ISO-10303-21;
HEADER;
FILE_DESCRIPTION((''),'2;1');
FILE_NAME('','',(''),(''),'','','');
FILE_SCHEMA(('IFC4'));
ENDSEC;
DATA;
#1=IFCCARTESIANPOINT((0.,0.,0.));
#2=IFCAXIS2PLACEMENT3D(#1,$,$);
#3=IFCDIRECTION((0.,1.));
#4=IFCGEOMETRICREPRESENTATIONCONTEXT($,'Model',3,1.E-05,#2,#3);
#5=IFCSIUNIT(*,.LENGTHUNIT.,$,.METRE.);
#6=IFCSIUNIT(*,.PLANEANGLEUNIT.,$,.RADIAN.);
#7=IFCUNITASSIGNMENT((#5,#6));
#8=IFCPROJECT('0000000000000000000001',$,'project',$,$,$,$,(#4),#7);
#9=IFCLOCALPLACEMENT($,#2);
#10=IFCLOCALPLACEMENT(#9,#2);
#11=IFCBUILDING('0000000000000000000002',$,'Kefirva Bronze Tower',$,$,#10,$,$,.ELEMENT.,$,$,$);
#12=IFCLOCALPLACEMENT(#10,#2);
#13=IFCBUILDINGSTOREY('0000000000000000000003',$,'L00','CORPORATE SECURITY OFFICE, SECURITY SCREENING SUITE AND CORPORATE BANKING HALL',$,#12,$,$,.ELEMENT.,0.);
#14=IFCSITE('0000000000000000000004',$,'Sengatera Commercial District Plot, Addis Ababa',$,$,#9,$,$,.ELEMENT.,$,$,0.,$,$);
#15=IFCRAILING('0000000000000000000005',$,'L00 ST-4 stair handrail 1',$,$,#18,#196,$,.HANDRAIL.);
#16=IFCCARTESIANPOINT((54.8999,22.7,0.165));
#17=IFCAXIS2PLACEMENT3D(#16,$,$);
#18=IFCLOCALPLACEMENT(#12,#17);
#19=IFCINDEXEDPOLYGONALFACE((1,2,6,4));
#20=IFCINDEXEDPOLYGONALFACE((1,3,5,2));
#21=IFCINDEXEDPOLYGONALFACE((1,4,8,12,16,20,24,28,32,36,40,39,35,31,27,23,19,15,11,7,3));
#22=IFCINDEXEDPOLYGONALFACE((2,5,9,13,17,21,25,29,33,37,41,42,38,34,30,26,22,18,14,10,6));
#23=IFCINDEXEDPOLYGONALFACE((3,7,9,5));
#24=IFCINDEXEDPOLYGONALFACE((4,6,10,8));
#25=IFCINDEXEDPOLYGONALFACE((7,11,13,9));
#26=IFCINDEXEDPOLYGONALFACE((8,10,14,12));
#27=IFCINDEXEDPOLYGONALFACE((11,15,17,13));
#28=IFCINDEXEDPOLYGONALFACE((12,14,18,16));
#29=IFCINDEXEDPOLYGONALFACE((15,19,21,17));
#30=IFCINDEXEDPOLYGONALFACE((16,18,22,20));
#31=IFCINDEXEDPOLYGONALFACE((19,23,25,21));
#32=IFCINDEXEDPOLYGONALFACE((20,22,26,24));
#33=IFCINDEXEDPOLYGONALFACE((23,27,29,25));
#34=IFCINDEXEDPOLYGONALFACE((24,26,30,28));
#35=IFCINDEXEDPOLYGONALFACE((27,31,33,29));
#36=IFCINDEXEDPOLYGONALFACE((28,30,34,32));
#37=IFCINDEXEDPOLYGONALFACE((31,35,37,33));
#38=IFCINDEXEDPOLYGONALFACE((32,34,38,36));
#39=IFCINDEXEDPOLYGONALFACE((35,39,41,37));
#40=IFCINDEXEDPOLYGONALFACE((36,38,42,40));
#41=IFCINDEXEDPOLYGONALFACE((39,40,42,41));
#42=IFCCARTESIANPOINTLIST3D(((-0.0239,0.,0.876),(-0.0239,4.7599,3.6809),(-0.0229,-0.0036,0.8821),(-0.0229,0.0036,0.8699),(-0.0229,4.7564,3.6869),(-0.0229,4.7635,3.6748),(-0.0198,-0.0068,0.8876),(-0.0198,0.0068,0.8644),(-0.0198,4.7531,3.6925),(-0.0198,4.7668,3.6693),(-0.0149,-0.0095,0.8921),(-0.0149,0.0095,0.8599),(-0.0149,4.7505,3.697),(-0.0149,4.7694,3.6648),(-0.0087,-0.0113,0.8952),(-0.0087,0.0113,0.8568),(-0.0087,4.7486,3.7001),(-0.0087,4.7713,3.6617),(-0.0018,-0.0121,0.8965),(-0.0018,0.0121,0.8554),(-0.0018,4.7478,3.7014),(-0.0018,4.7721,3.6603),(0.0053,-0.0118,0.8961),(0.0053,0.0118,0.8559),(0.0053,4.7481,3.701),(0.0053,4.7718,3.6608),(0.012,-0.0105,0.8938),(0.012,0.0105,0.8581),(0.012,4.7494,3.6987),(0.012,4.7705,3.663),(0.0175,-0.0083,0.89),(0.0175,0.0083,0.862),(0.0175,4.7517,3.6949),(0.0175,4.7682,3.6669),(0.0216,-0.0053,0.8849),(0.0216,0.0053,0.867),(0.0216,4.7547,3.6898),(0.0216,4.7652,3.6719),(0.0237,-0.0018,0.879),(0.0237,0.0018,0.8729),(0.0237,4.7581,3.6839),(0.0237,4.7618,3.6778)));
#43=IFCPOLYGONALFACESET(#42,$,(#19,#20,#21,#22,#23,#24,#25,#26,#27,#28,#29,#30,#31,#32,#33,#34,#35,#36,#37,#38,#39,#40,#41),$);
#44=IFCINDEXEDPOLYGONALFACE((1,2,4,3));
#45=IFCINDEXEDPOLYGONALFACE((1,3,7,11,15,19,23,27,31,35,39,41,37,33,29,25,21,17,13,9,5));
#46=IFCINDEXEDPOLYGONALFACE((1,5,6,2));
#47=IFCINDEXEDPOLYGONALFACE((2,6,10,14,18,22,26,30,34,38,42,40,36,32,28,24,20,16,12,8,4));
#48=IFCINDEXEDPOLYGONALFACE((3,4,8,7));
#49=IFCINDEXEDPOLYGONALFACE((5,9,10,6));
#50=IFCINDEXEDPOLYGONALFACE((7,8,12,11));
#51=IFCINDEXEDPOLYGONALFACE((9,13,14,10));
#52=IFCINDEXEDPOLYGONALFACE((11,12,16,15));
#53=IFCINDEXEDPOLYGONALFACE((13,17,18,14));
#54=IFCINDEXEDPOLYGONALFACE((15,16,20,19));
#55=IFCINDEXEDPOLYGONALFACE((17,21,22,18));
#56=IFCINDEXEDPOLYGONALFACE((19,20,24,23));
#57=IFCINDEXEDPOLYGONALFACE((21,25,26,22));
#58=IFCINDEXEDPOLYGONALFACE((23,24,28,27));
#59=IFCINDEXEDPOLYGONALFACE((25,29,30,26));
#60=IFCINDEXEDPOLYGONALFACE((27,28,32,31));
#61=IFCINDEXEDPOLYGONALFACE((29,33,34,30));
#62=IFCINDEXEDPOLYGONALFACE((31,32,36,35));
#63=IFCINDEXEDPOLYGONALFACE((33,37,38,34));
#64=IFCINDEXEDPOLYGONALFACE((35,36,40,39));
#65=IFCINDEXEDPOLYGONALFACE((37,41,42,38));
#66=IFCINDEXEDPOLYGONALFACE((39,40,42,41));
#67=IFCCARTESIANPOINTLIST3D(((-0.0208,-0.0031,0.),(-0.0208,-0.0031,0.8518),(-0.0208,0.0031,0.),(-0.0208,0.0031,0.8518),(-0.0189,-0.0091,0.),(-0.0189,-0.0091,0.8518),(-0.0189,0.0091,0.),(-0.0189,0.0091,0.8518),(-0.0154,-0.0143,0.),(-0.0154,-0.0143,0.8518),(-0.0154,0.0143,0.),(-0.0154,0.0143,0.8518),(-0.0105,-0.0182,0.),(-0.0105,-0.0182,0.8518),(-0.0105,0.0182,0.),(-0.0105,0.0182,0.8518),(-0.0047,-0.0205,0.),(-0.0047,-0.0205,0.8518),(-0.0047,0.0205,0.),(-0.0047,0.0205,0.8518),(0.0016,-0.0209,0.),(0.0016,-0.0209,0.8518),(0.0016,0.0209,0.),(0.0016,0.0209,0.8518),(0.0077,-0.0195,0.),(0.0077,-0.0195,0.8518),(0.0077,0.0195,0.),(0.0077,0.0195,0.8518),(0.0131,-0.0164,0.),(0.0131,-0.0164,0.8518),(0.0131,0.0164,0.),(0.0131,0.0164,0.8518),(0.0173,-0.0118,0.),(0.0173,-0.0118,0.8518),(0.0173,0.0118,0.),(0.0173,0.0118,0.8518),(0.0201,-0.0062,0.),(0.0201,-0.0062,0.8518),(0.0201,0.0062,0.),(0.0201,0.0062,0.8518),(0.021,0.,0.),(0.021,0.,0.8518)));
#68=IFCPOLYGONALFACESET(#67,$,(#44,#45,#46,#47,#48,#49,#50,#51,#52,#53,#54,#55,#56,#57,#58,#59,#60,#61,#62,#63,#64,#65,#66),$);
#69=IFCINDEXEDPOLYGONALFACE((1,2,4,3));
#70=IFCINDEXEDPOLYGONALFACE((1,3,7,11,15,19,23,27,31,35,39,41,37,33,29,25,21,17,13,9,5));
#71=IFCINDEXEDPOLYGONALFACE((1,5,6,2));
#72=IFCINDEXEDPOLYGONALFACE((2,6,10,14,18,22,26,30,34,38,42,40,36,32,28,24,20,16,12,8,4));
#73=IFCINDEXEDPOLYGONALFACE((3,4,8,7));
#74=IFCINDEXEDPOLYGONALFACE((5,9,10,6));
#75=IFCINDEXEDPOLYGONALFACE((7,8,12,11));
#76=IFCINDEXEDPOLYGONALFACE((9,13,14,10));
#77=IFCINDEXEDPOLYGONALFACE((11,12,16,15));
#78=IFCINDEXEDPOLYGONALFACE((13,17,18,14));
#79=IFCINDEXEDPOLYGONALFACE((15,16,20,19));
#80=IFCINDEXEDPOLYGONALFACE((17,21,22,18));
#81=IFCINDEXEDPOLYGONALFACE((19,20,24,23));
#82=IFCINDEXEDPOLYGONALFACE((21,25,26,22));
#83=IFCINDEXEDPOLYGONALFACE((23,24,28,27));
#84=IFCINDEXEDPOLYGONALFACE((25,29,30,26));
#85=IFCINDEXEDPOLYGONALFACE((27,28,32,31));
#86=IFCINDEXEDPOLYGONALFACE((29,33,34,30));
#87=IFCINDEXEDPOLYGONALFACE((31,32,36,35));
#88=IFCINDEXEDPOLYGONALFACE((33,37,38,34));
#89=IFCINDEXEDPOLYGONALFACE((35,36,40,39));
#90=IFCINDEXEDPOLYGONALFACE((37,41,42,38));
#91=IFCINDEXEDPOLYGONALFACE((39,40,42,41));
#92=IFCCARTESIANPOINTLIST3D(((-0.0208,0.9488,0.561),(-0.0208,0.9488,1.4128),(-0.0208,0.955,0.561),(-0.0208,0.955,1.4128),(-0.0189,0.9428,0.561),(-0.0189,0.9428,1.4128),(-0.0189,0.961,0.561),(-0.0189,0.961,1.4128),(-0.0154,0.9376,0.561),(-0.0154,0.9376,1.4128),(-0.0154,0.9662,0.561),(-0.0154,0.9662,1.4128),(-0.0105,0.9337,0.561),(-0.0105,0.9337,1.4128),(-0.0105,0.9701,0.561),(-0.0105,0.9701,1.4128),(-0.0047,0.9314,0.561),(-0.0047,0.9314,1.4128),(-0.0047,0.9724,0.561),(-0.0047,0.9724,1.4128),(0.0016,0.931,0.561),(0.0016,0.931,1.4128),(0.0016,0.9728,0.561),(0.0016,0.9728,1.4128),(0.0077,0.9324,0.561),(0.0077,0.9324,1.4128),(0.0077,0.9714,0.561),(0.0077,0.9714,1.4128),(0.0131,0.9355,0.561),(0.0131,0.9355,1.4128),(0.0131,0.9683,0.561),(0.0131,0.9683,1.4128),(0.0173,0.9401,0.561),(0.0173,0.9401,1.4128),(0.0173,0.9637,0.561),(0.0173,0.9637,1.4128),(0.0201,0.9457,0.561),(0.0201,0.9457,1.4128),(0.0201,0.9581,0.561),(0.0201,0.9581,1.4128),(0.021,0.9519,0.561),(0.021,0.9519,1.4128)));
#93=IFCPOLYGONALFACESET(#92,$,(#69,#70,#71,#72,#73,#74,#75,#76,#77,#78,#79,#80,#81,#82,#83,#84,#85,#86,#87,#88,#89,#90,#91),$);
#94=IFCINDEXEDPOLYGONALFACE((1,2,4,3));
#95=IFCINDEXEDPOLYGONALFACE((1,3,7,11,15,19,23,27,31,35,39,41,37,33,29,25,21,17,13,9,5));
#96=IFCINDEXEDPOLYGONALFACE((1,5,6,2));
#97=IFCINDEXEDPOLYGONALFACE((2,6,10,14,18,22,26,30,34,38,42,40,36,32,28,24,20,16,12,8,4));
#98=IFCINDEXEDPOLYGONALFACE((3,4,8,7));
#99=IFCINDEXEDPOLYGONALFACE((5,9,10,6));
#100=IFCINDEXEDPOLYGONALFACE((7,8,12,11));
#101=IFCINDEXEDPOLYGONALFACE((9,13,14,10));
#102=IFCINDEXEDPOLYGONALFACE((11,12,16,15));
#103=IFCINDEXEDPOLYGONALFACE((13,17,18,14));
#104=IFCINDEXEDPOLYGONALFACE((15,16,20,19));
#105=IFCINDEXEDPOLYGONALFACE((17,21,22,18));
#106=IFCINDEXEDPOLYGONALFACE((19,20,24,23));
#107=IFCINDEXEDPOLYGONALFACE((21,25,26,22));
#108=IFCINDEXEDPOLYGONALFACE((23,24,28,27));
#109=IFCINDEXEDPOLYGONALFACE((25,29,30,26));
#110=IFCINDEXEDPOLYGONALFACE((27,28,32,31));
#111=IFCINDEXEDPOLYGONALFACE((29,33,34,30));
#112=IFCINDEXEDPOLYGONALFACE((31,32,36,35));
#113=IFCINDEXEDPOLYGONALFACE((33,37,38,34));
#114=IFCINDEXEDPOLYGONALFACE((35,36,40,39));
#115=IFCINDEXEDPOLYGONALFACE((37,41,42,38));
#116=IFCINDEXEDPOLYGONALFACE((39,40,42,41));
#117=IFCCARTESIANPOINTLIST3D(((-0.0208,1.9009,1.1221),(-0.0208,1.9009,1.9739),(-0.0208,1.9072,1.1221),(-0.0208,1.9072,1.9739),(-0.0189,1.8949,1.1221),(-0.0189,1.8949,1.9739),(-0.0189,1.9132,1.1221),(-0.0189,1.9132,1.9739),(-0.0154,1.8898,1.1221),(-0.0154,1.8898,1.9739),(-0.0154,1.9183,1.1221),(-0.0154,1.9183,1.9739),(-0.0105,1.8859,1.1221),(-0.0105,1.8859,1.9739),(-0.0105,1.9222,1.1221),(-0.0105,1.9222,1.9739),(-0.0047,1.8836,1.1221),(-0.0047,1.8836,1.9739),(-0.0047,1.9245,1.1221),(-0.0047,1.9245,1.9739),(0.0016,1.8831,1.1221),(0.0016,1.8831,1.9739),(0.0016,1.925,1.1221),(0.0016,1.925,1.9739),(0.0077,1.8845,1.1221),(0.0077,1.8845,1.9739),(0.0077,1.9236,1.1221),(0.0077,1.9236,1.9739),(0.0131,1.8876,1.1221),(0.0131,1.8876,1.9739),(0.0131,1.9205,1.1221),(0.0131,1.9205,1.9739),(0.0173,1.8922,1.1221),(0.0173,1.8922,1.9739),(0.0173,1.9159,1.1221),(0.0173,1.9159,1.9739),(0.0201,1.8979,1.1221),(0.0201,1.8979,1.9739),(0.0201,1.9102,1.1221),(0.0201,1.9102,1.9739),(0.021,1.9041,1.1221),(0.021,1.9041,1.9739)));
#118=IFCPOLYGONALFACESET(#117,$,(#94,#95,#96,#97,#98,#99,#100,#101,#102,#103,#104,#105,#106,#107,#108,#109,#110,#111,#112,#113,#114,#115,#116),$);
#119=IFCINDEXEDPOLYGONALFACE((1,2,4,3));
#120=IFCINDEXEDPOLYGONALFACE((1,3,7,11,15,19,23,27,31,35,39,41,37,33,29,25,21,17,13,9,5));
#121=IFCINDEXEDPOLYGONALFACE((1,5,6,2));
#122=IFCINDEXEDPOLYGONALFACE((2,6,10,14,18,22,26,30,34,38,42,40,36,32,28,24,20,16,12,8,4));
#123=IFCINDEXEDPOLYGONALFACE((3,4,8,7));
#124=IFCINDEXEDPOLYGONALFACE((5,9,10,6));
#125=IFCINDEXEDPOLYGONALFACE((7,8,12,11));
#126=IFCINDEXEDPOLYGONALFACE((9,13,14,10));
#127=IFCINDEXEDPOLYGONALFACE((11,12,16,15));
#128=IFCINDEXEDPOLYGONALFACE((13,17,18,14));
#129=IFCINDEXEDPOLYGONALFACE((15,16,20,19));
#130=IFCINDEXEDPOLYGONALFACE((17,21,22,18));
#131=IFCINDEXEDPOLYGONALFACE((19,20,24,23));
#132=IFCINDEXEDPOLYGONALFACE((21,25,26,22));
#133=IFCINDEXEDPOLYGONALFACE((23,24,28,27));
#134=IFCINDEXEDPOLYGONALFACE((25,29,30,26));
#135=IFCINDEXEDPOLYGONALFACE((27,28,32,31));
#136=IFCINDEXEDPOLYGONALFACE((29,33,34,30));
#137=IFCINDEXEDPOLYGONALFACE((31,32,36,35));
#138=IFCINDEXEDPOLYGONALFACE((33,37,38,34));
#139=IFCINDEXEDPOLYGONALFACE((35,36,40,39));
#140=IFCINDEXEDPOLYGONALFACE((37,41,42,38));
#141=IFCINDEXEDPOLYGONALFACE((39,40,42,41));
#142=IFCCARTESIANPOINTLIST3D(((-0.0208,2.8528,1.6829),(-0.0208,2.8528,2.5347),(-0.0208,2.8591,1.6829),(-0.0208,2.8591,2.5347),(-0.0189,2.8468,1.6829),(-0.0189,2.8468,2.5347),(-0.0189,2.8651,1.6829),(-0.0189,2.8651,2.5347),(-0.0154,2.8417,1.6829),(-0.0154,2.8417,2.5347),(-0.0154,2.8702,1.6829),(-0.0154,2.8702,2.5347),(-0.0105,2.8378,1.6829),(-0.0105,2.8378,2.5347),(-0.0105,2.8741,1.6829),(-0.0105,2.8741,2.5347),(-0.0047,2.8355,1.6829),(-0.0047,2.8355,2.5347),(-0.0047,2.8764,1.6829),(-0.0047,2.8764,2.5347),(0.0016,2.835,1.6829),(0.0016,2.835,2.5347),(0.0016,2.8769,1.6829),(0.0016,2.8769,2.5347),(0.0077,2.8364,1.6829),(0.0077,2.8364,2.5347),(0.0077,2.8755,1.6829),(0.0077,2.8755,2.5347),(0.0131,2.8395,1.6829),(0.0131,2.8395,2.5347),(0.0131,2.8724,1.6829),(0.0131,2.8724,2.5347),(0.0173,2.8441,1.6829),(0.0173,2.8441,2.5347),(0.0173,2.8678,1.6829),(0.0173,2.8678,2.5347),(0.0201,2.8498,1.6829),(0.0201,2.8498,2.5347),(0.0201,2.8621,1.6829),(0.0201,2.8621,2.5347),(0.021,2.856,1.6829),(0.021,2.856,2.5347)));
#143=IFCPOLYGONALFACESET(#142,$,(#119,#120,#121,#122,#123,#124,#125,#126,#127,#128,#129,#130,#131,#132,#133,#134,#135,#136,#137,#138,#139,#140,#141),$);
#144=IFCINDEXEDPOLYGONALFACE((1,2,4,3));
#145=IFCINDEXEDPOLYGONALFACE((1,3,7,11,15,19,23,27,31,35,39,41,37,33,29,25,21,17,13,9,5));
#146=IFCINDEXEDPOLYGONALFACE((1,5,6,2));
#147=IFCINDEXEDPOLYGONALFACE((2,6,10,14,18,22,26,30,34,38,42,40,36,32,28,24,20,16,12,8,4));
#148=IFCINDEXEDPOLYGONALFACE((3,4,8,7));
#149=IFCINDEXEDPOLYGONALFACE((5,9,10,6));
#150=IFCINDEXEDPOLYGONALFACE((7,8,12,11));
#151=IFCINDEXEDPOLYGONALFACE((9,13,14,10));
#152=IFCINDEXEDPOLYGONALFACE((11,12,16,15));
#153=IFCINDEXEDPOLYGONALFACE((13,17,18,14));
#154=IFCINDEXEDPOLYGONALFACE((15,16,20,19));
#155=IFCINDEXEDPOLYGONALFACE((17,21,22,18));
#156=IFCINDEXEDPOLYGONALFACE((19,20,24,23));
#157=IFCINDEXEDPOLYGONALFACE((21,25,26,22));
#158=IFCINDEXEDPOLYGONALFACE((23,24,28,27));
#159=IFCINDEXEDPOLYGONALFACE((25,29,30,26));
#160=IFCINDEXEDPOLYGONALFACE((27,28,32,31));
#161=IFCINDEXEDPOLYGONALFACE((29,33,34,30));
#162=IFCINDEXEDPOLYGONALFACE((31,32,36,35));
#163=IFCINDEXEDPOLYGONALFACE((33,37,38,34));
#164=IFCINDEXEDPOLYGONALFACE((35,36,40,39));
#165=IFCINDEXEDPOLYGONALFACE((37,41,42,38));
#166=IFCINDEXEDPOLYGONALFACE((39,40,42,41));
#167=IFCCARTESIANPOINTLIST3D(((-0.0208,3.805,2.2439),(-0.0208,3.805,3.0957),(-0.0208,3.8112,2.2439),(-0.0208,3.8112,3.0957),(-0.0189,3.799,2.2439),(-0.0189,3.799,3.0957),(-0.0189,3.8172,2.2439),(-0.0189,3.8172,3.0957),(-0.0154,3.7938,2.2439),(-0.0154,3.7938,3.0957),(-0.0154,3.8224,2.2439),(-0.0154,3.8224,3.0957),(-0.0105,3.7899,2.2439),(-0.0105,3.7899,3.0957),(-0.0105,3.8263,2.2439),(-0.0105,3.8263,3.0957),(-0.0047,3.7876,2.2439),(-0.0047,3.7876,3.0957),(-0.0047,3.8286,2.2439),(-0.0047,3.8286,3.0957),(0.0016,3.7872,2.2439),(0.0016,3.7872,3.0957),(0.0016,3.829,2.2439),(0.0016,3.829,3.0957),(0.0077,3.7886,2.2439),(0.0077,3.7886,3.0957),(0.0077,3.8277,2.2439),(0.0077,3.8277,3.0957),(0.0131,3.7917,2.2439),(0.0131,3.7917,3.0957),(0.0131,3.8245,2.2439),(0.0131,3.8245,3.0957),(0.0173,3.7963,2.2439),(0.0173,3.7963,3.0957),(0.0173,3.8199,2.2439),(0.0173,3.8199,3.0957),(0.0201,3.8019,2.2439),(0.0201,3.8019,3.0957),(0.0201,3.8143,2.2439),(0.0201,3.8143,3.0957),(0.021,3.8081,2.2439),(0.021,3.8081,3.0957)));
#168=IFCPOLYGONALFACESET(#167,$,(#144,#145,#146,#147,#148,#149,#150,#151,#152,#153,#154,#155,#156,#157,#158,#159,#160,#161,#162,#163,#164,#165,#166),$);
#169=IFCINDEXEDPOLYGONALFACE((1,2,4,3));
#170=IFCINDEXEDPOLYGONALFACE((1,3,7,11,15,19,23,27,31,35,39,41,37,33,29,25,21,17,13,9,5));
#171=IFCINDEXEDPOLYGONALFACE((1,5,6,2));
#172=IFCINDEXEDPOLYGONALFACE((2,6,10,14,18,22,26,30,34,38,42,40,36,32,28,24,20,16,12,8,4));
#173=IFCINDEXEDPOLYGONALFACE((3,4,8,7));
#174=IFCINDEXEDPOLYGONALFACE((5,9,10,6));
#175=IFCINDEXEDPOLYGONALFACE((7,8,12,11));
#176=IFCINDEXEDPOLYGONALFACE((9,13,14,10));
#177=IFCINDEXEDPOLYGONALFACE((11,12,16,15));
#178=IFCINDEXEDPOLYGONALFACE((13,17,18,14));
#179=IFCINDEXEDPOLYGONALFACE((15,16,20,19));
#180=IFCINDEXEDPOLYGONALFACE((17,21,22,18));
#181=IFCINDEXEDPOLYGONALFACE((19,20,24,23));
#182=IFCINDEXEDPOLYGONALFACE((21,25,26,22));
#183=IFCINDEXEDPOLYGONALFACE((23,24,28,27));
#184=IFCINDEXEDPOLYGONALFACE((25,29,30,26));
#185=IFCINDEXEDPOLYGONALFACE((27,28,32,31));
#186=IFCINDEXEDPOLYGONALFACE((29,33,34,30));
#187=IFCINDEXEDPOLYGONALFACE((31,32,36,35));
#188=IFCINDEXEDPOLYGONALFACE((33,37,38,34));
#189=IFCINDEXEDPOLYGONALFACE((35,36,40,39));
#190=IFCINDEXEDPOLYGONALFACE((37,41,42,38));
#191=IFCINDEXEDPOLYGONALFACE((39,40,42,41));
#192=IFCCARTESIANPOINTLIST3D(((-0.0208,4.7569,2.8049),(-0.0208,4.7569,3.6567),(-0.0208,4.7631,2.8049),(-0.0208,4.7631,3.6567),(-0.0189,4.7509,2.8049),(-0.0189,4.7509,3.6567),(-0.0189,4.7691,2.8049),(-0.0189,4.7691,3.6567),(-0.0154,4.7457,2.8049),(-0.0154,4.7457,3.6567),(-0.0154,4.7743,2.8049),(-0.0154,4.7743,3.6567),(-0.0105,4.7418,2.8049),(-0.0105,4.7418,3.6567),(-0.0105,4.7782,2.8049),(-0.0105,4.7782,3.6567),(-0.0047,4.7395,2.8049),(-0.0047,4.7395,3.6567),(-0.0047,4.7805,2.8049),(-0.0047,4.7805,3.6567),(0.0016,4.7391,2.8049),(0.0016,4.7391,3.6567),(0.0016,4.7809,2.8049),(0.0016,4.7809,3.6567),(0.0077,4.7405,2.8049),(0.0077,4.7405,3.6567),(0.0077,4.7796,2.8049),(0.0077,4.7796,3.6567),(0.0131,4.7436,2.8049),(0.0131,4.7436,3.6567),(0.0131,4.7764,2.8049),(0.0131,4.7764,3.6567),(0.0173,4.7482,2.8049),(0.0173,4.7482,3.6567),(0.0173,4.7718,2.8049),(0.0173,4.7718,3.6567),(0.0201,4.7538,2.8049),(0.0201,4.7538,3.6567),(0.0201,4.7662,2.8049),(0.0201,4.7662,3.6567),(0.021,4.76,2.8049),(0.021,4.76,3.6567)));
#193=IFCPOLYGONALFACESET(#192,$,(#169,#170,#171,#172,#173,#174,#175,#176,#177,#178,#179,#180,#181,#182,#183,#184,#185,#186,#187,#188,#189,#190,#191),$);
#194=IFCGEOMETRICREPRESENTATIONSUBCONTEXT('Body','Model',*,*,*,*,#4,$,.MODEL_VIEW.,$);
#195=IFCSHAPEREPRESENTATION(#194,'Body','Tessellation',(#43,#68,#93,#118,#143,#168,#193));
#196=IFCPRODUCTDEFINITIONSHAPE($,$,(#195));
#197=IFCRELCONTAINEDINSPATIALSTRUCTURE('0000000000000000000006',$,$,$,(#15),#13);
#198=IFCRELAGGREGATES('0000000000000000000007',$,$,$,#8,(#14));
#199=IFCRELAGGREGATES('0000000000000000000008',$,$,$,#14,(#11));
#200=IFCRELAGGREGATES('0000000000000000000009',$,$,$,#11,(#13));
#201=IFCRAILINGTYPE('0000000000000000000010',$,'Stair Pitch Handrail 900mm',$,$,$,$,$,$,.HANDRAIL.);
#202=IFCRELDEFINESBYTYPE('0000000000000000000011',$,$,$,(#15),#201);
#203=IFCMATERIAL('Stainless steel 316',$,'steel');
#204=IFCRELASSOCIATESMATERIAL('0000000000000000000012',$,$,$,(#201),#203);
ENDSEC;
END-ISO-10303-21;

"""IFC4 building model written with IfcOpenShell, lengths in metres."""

from ifc_helpers import new_model, si_unit, direction, frame, origin, origin_2d, place, context, subcontext, project, spatial, circle, extrude, material, type_object, element, save


model = new_model("IFC4")

# Units and contexts
model_context = context("Model", 3, precision=1e-05, world=origin(), true_north=direction((0.0, 1.0)))
body_context = subcontext(model_context, "Body", "Model", "MODEL_VIEW")
ifc_project = project(units=[si_unit("LENGTHUNIT", "METRE"), si_unit("PLANEANGLEUNIT", "RADIAN")], contexts=[model_context])

# Site, building, storey
site_placement = place(None, origin())
site = spatial("IfcSite", under=ifc_project, at=site_placement, Name="Sengatera Commercial District Plot, Addis Ababa", CompositionType="ELEMENT", RefElevation=0.0)
building_placement = place(site_placement, origin())
building = spatial("IfcBuilding", under=site, at=building_placement, Name="Kefirva Bronze Tower", CompositionType="ELEMENT")
storey_placement = place(building_placement, origin())
storey = spatial("IfcBuildingStorey", under=building, at=storey_placement, Name="L00", Description="CORPORATE SECURITY OFFICE, SECURITY SCREENING SUITE AND CORPORATE BANKING HALL", CompositionType="ELEMENT", Elevation=0.0)

# Shared definitions
ifc_material_1 = material(Name="Stainless steel 316", Category="steel")

# Railing
railing_type_1 = type_object("IfcRailingType", Name="Stair Pitch Handrail 900mm", PredefinedType="HANDRAIL", material=ifc_material_1)
railing_1_placement = place(storey_placement, frame((54.8999, 22.7, 0.165)))
element("IfcRailing", 1, at=railing_1_placement, inside=storey, type_object=railing_type_1, Name="L00 ST-4 stair handrail 1", PredefinedType="HANDRAIL", context=body_context, shape_type="SweptSolid", body=[
    extrude(circle(Radius=0.0239, at=origin_2d()), frame((0.0, 0.0, 0.876), z_axis=(0.0, 0.861544, 0.507682), x_axis=(-1.0, 0.0, 0.0)), (0.0, 0.0, 1.0), 5.5249),
    extrude(circle(Radius=0.021, at=origin_2d()), origin(), (0.0, 0.0, 1.0), 0.8518),
    extrude(circle(Radius=0.021, at=origin_2d()), frame((0.0, 0.9519, 0.561)), (0.0, 0.0, 1.0), 0.8518),
    extrude(circle(Radius=0.021, at=origin_2d()), frame((0.0, 1.9041, 1.1221)), (0.0, 0.0, 1.0), 0.8518),
    extrude(circle(Radius=0.021, at=origin_2d()), frame((0.0, 2.856, 1.6829)), (0.0, 0.0, 1.0), 0.8518),
    extrude(circle(Radius=0.021, at=origin_2d()), frame((0.0, 3.8081, 2.2439)), (0.0, 0.0, 1.0), 0.8518),
    extrude(circle(Radius=0.021, at=origin_2d()), frame((0.0, 4.76, 2.8049)), (0.0, 0.0, 1.0), 0.8518),
])

save(model, "model.ifc")
